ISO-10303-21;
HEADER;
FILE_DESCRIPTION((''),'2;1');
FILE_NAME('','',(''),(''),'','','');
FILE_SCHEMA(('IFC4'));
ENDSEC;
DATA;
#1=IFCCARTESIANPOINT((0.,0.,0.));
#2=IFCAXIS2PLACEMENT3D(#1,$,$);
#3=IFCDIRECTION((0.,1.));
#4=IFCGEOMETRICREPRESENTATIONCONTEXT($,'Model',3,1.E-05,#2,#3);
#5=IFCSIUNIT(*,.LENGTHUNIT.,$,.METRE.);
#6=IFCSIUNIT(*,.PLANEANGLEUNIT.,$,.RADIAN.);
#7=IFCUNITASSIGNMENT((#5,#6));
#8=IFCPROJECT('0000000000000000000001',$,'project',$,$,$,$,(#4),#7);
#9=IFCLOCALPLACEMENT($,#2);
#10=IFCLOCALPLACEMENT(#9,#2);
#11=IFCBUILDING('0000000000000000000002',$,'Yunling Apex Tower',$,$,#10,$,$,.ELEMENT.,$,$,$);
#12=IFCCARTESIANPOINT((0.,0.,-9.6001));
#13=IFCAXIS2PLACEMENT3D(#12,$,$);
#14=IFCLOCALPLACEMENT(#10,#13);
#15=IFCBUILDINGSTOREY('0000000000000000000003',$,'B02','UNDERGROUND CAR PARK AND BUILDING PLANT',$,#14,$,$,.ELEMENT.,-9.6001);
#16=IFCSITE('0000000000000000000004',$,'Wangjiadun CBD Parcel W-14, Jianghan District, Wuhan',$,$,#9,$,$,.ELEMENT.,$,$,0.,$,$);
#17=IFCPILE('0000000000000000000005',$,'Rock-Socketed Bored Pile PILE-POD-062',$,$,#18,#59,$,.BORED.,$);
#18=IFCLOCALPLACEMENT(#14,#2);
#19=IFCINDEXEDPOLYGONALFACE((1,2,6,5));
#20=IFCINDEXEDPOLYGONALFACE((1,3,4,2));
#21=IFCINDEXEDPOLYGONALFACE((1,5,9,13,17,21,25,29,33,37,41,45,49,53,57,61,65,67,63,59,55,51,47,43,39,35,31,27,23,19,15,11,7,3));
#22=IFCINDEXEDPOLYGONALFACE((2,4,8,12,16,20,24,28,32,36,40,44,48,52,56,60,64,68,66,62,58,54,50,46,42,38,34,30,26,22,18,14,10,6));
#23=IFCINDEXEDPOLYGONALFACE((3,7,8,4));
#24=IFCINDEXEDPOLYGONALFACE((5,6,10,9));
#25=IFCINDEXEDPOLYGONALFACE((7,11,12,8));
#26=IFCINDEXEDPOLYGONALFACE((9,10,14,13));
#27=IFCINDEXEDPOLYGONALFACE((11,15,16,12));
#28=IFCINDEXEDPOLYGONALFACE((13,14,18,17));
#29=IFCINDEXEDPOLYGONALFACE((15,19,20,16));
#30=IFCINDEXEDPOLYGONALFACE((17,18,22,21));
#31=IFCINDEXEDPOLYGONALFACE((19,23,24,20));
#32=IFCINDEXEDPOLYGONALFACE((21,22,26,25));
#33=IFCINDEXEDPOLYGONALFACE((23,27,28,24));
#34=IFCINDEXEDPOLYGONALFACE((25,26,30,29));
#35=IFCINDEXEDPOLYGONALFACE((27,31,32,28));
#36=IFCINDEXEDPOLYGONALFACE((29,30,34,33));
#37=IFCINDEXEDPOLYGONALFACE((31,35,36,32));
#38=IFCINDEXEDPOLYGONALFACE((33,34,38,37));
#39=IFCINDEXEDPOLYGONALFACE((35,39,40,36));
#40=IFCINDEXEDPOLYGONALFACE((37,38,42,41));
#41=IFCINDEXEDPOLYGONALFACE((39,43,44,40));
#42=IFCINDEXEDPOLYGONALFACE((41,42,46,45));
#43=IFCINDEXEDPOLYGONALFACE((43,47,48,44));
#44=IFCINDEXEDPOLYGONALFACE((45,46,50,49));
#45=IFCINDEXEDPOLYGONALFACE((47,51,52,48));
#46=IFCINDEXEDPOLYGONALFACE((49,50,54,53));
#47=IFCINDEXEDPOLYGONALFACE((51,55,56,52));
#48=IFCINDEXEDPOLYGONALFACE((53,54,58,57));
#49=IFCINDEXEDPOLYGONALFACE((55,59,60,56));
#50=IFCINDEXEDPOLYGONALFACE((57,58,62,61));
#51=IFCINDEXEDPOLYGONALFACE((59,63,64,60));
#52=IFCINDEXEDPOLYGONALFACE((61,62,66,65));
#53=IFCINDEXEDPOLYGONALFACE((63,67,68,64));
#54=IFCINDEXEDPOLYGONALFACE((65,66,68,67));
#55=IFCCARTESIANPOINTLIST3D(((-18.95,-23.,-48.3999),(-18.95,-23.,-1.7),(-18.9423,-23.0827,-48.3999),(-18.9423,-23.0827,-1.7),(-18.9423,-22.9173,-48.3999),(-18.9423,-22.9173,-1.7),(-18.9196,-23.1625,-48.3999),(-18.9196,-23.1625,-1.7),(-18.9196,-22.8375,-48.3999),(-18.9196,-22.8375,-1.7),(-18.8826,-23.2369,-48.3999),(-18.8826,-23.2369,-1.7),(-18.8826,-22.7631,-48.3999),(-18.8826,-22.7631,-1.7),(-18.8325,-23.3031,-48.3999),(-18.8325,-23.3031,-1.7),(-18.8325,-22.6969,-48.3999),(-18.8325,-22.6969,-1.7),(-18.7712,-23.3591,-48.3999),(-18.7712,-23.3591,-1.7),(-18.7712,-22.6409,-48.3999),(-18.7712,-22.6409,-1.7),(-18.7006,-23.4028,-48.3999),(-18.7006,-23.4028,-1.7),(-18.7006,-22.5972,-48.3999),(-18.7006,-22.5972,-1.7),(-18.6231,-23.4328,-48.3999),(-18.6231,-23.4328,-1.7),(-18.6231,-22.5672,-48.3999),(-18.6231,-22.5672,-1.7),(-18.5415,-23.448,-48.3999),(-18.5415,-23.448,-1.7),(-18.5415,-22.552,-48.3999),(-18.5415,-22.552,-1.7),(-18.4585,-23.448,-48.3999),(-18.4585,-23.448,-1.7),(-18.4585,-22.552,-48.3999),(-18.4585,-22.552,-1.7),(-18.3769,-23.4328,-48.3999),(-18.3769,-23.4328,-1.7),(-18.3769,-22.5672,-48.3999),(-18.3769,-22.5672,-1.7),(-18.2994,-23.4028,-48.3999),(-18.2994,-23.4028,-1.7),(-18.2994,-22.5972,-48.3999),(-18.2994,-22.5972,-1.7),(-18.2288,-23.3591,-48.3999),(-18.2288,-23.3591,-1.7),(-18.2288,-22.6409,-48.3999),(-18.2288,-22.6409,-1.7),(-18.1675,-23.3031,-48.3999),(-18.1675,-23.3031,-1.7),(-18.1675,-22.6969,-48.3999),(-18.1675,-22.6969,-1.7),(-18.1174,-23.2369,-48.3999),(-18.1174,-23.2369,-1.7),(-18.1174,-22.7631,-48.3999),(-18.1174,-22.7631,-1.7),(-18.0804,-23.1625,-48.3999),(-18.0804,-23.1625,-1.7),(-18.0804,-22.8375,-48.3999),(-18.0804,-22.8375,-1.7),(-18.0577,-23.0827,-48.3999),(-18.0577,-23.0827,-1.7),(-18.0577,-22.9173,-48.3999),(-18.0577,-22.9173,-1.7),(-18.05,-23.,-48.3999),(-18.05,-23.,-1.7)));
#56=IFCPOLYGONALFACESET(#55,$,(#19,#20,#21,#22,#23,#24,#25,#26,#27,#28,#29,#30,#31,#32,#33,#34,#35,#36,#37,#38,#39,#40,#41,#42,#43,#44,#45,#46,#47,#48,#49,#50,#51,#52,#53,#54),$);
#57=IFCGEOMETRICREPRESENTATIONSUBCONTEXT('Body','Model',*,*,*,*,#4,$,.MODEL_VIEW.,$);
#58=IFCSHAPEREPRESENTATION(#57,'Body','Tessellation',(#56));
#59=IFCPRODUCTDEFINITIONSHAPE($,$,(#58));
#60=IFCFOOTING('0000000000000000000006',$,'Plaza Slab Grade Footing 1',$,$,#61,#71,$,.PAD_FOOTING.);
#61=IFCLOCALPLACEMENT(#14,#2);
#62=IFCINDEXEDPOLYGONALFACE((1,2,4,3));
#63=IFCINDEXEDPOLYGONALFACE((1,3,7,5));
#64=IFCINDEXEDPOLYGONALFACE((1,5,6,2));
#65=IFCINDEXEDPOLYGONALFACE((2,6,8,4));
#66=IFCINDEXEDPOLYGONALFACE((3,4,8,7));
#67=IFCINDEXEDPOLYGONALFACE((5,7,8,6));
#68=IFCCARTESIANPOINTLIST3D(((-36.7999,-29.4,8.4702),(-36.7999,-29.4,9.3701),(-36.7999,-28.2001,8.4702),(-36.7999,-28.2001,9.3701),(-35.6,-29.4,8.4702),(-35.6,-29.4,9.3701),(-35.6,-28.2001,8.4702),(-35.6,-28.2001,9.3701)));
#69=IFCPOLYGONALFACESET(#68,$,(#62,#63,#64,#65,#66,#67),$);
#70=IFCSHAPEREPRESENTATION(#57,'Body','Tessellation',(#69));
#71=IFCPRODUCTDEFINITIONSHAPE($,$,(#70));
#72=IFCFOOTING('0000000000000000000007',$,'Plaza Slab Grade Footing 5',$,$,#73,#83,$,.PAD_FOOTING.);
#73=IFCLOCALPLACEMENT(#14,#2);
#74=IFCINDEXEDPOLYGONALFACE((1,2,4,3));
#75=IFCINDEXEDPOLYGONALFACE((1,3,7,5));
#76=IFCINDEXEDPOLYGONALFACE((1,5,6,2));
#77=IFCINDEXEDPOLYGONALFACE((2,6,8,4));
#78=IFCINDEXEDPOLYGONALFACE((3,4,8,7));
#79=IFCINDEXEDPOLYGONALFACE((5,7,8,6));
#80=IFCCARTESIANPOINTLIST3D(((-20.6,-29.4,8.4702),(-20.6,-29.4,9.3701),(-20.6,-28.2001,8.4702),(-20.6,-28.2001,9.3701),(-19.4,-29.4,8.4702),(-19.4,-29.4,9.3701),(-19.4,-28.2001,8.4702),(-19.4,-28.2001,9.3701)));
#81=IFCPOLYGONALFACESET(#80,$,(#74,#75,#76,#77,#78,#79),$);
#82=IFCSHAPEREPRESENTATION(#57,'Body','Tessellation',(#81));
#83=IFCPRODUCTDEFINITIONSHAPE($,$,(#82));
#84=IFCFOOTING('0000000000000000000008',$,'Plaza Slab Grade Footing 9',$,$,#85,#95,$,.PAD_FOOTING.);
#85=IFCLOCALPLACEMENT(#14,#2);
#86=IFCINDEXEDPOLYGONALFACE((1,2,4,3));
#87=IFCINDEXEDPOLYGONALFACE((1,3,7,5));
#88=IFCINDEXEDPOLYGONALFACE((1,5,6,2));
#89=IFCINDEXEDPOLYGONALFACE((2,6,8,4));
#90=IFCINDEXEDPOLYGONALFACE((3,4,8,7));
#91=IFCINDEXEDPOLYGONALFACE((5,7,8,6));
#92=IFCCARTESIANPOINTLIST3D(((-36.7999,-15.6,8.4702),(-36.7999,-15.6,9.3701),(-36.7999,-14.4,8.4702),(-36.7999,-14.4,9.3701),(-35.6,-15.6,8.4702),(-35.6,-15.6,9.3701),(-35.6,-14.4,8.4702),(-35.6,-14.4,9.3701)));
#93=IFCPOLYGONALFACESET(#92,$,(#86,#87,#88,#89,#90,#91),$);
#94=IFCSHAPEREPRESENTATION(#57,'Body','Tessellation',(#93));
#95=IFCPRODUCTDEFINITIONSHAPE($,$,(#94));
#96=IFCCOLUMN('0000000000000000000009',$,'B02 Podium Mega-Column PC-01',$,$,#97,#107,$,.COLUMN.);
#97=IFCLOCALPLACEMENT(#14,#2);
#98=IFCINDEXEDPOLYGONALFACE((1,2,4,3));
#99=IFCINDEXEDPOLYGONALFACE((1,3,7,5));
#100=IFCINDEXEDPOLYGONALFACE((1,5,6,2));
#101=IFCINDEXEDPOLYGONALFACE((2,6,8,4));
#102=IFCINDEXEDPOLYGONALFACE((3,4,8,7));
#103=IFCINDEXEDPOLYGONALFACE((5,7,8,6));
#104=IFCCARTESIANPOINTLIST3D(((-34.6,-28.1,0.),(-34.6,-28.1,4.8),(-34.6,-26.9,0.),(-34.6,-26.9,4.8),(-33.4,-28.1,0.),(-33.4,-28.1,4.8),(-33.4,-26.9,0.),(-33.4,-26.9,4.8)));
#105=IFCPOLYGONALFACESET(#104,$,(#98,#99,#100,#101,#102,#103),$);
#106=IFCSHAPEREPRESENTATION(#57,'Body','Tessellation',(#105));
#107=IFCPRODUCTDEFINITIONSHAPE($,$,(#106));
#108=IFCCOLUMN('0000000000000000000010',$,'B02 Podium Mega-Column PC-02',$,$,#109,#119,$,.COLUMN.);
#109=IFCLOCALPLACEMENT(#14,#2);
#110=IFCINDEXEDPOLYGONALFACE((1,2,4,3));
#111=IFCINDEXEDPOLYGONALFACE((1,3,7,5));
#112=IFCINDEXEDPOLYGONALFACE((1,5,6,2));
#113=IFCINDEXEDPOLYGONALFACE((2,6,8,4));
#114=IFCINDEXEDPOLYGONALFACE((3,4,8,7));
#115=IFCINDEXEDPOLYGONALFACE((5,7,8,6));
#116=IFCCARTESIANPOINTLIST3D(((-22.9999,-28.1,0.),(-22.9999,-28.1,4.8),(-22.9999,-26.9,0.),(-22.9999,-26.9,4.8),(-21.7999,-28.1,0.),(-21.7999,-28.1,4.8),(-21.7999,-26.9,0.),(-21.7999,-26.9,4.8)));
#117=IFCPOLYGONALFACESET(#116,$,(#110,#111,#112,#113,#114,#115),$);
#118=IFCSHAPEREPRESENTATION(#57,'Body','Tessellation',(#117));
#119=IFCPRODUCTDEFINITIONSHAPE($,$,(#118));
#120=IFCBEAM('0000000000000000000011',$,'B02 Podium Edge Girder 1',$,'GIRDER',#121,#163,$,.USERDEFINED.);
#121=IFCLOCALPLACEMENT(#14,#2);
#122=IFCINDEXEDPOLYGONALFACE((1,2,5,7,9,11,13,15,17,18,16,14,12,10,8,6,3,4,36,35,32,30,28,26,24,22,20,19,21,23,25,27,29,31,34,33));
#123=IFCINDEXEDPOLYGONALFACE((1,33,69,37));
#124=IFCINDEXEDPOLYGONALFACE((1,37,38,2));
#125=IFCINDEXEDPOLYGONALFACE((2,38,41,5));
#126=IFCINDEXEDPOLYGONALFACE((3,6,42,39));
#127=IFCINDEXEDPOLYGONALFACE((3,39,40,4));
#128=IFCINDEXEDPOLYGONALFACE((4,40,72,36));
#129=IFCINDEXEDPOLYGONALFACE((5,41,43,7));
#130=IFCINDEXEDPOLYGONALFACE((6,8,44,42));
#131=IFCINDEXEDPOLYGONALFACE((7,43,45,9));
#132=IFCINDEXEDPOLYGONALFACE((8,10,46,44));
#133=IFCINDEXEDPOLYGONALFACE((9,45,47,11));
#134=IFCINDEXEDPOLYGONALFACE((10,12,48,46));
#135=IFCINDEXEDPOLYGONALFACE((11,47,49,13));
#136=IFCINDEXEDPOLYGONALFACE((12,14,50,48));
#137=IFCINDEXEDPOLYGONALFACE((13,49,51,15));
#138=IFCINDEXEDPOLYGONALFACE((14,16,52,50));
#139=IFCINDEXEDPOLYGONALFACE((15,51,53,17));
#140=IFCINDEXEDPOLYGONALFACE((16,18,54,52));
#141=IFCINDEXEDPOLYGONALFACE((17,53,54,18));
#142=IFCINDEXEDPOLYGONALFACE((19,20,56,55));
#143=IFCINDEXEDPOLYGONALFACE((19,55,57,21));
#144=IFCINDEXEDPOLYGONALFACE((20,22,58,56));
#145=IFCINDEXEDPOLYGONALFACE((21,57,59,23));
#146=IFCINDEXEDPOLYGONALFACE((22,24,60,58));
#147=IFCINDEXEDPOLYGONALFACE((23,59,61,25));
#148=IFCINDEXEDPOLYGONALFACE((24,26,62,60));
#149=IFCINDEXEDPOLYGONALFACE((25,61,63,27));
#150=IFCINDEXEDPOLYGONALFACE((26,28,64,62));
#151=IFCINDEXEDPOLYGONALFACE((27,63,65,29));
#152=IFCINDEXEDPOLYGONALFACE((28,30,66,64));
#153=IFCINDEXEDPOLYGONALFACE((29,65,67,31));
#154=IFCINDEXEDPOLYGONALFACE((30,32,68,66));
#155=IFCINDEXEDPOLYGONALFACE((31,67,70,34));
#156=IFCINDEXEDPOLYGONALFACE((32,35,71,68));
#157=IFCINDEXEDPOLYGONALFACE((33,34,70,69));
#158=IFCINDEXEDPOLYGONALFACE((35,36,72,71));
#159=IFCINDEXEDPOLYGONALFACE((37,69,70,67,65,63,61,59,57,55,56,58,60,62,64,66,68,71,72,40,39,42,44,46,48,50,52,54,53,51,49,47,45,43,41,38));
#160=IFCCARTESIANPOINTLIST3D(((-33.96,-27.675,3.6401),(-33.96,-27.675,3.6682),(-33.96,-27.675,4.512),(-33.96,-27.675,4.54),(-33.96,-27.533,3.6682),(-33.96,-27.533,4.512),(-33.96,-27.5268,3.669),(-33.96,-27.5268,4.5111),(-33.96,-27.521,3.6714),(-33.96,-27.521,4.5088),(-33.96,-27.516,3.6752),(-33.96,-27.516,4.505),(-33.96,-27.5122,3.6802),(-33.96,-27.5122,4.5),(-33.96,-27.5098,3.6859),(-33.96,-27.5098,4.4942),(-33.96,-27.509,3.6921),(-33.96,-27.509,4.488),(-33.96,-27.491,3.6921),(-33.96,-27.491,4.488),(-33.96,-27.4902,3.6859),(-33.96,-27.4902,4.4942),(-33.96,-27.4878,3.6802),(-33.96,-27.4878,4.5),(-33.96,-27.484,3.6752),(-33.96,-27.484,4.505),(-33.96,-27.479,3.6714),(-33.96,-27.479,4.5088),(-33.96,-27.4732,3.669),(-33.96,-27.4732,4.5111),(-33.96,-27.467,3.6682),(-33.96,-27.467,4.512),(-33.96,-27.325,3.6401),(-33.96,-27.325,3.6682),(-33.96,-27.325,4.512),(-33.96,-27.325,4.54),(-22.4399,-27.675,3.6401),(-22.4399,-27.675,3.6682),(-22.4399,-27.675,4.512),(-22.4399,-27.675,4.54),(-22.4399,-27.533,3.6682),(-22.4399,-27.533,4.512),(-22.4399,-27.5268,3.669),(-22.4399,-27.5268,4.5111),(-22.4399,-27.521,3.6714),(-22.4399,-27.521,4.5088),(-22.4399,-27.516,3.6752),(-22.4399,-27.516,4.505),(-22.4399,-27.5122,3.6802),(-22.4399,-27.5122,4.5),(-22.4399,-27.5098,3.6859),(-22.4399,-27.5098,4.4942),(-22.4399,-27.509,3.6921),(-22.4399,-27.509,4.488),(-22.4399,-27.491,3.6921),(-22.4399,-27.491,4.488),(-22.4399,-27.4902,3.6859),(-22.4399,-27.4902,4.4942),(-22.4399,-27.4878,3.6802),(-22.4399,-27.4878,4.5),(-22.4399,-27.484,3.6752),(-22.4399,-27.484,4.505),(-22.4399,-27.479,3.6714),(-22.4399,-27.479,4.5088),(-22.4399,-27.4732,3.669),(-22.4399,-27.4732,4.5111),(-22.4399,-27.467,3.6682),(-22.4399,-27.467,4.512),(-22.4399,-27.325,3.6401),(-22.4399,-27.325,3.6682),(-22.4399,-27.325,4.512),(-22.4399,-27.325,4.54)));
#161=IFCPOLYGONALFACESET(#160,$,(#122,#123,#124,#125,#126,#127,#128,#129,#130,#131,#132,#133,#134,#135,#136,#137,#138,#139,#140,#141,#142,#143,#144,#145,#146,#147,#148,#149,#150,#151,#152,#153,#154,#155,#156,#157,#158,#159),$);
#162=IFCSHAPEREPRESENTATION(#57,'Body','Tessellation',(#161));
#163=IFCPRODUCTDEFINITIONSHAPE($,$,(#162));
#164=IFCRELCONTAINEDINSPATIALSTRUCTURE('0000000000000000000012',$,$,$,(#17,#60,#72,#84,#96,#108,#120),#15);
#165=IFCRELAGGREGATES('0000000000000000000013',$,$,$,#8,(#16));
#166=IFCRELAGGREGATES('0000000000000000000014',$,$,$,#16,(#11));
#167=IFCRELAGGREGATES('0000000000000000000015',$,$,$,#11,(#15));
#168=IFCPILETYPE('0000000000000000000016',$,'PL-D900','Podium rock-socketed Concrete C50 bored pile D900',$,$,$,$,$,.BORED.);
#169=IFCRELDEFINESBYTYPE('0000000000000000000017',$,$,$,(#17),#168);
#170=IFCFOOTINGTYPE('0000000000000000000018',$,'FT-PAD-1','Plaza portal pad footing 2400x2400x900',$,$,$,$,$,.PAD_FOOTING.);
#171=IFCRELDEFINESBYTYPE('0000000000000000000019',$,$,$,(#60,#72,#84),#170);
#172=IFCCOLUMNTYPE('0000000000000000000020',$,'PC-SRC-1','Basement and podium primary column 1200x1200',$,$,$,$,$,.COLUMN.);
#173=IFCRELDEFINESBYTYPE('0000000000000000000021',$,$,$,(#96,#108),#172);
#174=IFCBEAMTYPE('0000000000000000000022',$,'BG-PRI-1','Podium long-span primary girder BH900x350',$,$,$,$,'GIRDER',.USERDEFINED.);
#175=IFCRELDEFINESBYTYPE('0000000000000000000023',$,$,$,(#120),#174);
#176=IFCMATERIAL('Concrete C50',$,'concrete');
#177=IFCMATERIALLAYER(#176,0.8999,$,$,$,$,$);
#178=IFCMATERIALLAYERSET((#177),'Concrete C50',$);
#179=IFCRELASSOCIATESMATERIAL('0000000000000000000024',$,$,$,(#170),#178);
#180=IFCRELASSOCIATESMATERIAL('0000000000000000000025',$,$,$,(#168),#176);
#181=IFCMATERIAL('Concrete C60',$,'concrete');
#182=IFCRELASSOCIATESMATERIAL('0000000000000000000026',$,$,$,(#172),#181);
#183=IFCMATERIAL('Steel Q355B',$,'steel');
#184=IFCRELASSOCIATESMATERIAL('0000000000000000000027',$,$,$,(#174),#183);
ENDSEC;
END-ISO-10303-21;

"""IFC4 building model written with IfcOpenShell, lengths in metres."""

from ifc_helpers import new_model, si_unit, direction, frame, origin, origin_2d, place, context, subcontext, project, spatial, rectangle, circle, i_section, extrude, source, transform, mapped, material, layer, layer_set, material_profile, profile_set, type_object, element, save


model = new_model("IFC4")

# Units and contexts
model_context = context("Model", 3, precision=1e-05, world=origin(), true_north=direction((0.0, 1.0)))
body_context = subcontext(model_context, "Body", "Model", "MODEL_VIEW")
ifc_project = project(units=[si_unit("LENGTHUNIT", "METRE"), si_unit("PLANEANGLEUNIT", "RADIAN")], contexts=[model_context])

# Site, building, storey
site_placement = place(None, origin())
site = spatial("IfcSite", under=ifc_project, at=site_placement, Name="Wangjiadun CBD Parcel W-14, Jianghan District, Wuhan", CompositionType="ELEMENT", RefElevation=0.0)
building_placement = place(site_placement, origin())
building = spatial("IfcBuilding", under=site, at=building_placement, Name="Yunling Apex Tower", CompositionType="ELEMENT")
storey_placement = place(building_placement, frame((0.0, 0.0, -9.6001)))
storey = spatial("IfcBuildingStorey", under=building, at=storey_placement, Name="B02", Description="UNDERGROUND CAR PARK AND BUILDING PLANT", CompositionType="ELEMENT", Elevation=-9.6001)

# Shared definitions
ifc_material_1 = material(Name="Concrete C50", Category="concrete")
ifc_layer_1 = layer(ifc_material_1, 0.8999)
ifc_layer_set_1 = layer_set([ifc_layer_1], Name="Concrete C50")
footing_type_1 = type_object("IfcFootingType", Name="FT-PAD-1", Description="Plaza portal pad footing 2400x2400x900", PredefinedType="PAD_FOOTING", material=ifc_layer_set_1)

# Pile
ifc_material_profile_1 = material_profile(ifc_material_1, circle(Radius=0.45, at=origin_2d()))
ifc_profile_set_1 = profile_set([ifc_material_profile_1], Name="Concrete C50")
pile_type_1 = type_object("IfcPileType", Name="PL-D900", Description="Podium rock-socketed Concrete C50 bored pile D900", PredefinedType="BORED", material=ifc_profile_set_1)
shared_shape_1 = source(origin(), body_context, "Body", "SweptSolid", [
    extrude(circle(Radius=0.45, at=origin_2d()), origin(), (0.0, 0.0, 1.0), 46.7),
])
for number, where, z_axis, x_axis, name in (
    (1, (-18.5, -23.0, -1.7), (0.0, 0.0, -1.0), (1.0, 0.0, 0.0), "Rock-Socketed Bored Pile PILE-POD-062"),
):
    element("IfcPile", number, at=place(storey_placement, frame(where, z_axis=z_axis, x_axis=x_axis)), inside=storey, type_object=pile_type_1, Name=name, PredefinedType="BORED", context=body_context, shape_type="MappedRepresentation", body=[
        mapped(shared_shape_1, transform((0.0, 0.0, 0.0), scale=1.0)),
    ])

# Footings
shared_shape_2 = source(origin(), body_context, "Body", "SweptSolid", [
    extrude(rectangle(XDim=1.2, YDim=1.2, at=origin_2d()), origin(), (0.0, 0.0, 1.0), 0.8999),
])
for number, where, z_axis, x_axis, name in (
    (2, (-36.2, -28.8, 8.4702), (0.0, 0.0, 1.0), (1.0, 0.0, 0.0), "Plaza Slab Grade Footing 1"),
    (3, (-20.0, -28.8, 8.4702), (0.0, 0.0, 1.0), (1.0, 0.0, 0.0), "Plaza Slab Grade Footing 5"),
    (4, (-36.2, -15.0, 8.4702), (0.0, 0.0, 1.0), (1.0, 0.0, 0.0), "Plaza Slab Grade Footing 9"),
):
    element("IfcFooting", number, at=place(storey_placement, frame(where, z_axis=z_axis, x_axis=x_axis)), inside=storey, type_object=footing_type_1, Name=name, PredefinedType="PAD_FOOTING", context=body_context, shape_type="MappedRepresentation", body=[
        mapped(shared_shape_2, transform((0.0, 0.0, 0.0), scale=1.0)),
    ])

# Columns
ifc_material_2 = material(Name="Concrete C60", Category="concrete")
ifc_material_profile_2 = material_profile(ifc_material_2, rectangle(XDim=1.2, YDim=1.2, at=origin_2d()))
ifc_profile_set_2 = profile_set([ifc_material_profile_2], Name="Concrete C60")
column_type = type_object("IfcColumnType", Name="PC-SRC-1", Description="Basement and podium primary column 1200x1200", PredefinedType="COLUMN", material=ifc_profile_set_2)
shared_shape_3 = source(origin(), body_context, "Body", "SweptSolid", [
    extrude(rectangle(XDim=1.2, YDim=1.2, at=origin_2d()), origin(), (0.0, 0.0, 1.0), 4.8),
])
for number, where, z_axis, x_axis, name in (
    (5, (-34.0, -27.5, 0.0), (0.0, 0.0, 1.0), (1.0, 0.0, 0.0), "B02 Podium Mega-Column PC-01"),
    (6, (-22.3999, -27.5, 0.0), (0.0, 0.0, 1.0), (1.0, 0.0, 0.0), "B02 Podium Mega-Column PC-02"),
):
    element("IfcColumn", number, at=place(storey_placement, frame(where, z_axis=z_axis, x_axis=x_axis)), inside=storey, type_object=column_type, Name=name, PredefinedType="COLUMN", context=body_context, shape_type="MappedRepresentation", body=[
        mapped(shared_shape_3, transform((0.0, 0.0, 0.0), scale=1.0)),
    ])

# Beam
ifc_material_3 = material(Name="Steel Q355B", Category="steel")
ifc_material_profile_3 = material_profile(ifc_material_3, i_section(OverallWidth=0.3501, OverallDepth=0.8999, WebThickness=0.0181, FlangeThickness=0.0281, FilletRadius=0.0239, at=origin_2d()))
ifc_profile_set_3 = profile_set([ifc_material_profile_3], Name="Steel Q355B")
beam_type = type_object("IfcBeamType", Name="BG-PRI-1", Description="Podium long-span primary girder BH900x350", ElementType="GIRDER", PredefinedType="USERDEFINED", material=ifc_profile_set_3)
shared_shape_4 = source(origin(), body_context, "Body", "SweptSolid", [
    extrude(i_section(OverallWidth=0.3501, OverallDepth=0.8999, WebThickness=0.0181, FlangeThickness=0.0281, FilletRadius=0.0239, at=origin_2d()), origin(), (0.0, 0.0, 1.0), 11.52),
])
beam_1_placement = place(storey_placement, frame((-33.96, -27.5, 4.0901), z_axis=(1.0, 0.0, 0.0), x_axis=(0.0, 1.0, 0.0)))
element("IfcBeam", 7, at=beam_1_placement, inside=storey, type_object=beam_type, Name="B02 Podium Edge Girder 1", ObjectType="GIRDER", PredefinedType="USERDEFINED", context=body_context, shape_type="MappedRepresentation", body=[
    mapped(shared_shape_4, transform((0.0, 0.0, 0.0), scale=1.0)),
])

save(model, "model.ifc")
